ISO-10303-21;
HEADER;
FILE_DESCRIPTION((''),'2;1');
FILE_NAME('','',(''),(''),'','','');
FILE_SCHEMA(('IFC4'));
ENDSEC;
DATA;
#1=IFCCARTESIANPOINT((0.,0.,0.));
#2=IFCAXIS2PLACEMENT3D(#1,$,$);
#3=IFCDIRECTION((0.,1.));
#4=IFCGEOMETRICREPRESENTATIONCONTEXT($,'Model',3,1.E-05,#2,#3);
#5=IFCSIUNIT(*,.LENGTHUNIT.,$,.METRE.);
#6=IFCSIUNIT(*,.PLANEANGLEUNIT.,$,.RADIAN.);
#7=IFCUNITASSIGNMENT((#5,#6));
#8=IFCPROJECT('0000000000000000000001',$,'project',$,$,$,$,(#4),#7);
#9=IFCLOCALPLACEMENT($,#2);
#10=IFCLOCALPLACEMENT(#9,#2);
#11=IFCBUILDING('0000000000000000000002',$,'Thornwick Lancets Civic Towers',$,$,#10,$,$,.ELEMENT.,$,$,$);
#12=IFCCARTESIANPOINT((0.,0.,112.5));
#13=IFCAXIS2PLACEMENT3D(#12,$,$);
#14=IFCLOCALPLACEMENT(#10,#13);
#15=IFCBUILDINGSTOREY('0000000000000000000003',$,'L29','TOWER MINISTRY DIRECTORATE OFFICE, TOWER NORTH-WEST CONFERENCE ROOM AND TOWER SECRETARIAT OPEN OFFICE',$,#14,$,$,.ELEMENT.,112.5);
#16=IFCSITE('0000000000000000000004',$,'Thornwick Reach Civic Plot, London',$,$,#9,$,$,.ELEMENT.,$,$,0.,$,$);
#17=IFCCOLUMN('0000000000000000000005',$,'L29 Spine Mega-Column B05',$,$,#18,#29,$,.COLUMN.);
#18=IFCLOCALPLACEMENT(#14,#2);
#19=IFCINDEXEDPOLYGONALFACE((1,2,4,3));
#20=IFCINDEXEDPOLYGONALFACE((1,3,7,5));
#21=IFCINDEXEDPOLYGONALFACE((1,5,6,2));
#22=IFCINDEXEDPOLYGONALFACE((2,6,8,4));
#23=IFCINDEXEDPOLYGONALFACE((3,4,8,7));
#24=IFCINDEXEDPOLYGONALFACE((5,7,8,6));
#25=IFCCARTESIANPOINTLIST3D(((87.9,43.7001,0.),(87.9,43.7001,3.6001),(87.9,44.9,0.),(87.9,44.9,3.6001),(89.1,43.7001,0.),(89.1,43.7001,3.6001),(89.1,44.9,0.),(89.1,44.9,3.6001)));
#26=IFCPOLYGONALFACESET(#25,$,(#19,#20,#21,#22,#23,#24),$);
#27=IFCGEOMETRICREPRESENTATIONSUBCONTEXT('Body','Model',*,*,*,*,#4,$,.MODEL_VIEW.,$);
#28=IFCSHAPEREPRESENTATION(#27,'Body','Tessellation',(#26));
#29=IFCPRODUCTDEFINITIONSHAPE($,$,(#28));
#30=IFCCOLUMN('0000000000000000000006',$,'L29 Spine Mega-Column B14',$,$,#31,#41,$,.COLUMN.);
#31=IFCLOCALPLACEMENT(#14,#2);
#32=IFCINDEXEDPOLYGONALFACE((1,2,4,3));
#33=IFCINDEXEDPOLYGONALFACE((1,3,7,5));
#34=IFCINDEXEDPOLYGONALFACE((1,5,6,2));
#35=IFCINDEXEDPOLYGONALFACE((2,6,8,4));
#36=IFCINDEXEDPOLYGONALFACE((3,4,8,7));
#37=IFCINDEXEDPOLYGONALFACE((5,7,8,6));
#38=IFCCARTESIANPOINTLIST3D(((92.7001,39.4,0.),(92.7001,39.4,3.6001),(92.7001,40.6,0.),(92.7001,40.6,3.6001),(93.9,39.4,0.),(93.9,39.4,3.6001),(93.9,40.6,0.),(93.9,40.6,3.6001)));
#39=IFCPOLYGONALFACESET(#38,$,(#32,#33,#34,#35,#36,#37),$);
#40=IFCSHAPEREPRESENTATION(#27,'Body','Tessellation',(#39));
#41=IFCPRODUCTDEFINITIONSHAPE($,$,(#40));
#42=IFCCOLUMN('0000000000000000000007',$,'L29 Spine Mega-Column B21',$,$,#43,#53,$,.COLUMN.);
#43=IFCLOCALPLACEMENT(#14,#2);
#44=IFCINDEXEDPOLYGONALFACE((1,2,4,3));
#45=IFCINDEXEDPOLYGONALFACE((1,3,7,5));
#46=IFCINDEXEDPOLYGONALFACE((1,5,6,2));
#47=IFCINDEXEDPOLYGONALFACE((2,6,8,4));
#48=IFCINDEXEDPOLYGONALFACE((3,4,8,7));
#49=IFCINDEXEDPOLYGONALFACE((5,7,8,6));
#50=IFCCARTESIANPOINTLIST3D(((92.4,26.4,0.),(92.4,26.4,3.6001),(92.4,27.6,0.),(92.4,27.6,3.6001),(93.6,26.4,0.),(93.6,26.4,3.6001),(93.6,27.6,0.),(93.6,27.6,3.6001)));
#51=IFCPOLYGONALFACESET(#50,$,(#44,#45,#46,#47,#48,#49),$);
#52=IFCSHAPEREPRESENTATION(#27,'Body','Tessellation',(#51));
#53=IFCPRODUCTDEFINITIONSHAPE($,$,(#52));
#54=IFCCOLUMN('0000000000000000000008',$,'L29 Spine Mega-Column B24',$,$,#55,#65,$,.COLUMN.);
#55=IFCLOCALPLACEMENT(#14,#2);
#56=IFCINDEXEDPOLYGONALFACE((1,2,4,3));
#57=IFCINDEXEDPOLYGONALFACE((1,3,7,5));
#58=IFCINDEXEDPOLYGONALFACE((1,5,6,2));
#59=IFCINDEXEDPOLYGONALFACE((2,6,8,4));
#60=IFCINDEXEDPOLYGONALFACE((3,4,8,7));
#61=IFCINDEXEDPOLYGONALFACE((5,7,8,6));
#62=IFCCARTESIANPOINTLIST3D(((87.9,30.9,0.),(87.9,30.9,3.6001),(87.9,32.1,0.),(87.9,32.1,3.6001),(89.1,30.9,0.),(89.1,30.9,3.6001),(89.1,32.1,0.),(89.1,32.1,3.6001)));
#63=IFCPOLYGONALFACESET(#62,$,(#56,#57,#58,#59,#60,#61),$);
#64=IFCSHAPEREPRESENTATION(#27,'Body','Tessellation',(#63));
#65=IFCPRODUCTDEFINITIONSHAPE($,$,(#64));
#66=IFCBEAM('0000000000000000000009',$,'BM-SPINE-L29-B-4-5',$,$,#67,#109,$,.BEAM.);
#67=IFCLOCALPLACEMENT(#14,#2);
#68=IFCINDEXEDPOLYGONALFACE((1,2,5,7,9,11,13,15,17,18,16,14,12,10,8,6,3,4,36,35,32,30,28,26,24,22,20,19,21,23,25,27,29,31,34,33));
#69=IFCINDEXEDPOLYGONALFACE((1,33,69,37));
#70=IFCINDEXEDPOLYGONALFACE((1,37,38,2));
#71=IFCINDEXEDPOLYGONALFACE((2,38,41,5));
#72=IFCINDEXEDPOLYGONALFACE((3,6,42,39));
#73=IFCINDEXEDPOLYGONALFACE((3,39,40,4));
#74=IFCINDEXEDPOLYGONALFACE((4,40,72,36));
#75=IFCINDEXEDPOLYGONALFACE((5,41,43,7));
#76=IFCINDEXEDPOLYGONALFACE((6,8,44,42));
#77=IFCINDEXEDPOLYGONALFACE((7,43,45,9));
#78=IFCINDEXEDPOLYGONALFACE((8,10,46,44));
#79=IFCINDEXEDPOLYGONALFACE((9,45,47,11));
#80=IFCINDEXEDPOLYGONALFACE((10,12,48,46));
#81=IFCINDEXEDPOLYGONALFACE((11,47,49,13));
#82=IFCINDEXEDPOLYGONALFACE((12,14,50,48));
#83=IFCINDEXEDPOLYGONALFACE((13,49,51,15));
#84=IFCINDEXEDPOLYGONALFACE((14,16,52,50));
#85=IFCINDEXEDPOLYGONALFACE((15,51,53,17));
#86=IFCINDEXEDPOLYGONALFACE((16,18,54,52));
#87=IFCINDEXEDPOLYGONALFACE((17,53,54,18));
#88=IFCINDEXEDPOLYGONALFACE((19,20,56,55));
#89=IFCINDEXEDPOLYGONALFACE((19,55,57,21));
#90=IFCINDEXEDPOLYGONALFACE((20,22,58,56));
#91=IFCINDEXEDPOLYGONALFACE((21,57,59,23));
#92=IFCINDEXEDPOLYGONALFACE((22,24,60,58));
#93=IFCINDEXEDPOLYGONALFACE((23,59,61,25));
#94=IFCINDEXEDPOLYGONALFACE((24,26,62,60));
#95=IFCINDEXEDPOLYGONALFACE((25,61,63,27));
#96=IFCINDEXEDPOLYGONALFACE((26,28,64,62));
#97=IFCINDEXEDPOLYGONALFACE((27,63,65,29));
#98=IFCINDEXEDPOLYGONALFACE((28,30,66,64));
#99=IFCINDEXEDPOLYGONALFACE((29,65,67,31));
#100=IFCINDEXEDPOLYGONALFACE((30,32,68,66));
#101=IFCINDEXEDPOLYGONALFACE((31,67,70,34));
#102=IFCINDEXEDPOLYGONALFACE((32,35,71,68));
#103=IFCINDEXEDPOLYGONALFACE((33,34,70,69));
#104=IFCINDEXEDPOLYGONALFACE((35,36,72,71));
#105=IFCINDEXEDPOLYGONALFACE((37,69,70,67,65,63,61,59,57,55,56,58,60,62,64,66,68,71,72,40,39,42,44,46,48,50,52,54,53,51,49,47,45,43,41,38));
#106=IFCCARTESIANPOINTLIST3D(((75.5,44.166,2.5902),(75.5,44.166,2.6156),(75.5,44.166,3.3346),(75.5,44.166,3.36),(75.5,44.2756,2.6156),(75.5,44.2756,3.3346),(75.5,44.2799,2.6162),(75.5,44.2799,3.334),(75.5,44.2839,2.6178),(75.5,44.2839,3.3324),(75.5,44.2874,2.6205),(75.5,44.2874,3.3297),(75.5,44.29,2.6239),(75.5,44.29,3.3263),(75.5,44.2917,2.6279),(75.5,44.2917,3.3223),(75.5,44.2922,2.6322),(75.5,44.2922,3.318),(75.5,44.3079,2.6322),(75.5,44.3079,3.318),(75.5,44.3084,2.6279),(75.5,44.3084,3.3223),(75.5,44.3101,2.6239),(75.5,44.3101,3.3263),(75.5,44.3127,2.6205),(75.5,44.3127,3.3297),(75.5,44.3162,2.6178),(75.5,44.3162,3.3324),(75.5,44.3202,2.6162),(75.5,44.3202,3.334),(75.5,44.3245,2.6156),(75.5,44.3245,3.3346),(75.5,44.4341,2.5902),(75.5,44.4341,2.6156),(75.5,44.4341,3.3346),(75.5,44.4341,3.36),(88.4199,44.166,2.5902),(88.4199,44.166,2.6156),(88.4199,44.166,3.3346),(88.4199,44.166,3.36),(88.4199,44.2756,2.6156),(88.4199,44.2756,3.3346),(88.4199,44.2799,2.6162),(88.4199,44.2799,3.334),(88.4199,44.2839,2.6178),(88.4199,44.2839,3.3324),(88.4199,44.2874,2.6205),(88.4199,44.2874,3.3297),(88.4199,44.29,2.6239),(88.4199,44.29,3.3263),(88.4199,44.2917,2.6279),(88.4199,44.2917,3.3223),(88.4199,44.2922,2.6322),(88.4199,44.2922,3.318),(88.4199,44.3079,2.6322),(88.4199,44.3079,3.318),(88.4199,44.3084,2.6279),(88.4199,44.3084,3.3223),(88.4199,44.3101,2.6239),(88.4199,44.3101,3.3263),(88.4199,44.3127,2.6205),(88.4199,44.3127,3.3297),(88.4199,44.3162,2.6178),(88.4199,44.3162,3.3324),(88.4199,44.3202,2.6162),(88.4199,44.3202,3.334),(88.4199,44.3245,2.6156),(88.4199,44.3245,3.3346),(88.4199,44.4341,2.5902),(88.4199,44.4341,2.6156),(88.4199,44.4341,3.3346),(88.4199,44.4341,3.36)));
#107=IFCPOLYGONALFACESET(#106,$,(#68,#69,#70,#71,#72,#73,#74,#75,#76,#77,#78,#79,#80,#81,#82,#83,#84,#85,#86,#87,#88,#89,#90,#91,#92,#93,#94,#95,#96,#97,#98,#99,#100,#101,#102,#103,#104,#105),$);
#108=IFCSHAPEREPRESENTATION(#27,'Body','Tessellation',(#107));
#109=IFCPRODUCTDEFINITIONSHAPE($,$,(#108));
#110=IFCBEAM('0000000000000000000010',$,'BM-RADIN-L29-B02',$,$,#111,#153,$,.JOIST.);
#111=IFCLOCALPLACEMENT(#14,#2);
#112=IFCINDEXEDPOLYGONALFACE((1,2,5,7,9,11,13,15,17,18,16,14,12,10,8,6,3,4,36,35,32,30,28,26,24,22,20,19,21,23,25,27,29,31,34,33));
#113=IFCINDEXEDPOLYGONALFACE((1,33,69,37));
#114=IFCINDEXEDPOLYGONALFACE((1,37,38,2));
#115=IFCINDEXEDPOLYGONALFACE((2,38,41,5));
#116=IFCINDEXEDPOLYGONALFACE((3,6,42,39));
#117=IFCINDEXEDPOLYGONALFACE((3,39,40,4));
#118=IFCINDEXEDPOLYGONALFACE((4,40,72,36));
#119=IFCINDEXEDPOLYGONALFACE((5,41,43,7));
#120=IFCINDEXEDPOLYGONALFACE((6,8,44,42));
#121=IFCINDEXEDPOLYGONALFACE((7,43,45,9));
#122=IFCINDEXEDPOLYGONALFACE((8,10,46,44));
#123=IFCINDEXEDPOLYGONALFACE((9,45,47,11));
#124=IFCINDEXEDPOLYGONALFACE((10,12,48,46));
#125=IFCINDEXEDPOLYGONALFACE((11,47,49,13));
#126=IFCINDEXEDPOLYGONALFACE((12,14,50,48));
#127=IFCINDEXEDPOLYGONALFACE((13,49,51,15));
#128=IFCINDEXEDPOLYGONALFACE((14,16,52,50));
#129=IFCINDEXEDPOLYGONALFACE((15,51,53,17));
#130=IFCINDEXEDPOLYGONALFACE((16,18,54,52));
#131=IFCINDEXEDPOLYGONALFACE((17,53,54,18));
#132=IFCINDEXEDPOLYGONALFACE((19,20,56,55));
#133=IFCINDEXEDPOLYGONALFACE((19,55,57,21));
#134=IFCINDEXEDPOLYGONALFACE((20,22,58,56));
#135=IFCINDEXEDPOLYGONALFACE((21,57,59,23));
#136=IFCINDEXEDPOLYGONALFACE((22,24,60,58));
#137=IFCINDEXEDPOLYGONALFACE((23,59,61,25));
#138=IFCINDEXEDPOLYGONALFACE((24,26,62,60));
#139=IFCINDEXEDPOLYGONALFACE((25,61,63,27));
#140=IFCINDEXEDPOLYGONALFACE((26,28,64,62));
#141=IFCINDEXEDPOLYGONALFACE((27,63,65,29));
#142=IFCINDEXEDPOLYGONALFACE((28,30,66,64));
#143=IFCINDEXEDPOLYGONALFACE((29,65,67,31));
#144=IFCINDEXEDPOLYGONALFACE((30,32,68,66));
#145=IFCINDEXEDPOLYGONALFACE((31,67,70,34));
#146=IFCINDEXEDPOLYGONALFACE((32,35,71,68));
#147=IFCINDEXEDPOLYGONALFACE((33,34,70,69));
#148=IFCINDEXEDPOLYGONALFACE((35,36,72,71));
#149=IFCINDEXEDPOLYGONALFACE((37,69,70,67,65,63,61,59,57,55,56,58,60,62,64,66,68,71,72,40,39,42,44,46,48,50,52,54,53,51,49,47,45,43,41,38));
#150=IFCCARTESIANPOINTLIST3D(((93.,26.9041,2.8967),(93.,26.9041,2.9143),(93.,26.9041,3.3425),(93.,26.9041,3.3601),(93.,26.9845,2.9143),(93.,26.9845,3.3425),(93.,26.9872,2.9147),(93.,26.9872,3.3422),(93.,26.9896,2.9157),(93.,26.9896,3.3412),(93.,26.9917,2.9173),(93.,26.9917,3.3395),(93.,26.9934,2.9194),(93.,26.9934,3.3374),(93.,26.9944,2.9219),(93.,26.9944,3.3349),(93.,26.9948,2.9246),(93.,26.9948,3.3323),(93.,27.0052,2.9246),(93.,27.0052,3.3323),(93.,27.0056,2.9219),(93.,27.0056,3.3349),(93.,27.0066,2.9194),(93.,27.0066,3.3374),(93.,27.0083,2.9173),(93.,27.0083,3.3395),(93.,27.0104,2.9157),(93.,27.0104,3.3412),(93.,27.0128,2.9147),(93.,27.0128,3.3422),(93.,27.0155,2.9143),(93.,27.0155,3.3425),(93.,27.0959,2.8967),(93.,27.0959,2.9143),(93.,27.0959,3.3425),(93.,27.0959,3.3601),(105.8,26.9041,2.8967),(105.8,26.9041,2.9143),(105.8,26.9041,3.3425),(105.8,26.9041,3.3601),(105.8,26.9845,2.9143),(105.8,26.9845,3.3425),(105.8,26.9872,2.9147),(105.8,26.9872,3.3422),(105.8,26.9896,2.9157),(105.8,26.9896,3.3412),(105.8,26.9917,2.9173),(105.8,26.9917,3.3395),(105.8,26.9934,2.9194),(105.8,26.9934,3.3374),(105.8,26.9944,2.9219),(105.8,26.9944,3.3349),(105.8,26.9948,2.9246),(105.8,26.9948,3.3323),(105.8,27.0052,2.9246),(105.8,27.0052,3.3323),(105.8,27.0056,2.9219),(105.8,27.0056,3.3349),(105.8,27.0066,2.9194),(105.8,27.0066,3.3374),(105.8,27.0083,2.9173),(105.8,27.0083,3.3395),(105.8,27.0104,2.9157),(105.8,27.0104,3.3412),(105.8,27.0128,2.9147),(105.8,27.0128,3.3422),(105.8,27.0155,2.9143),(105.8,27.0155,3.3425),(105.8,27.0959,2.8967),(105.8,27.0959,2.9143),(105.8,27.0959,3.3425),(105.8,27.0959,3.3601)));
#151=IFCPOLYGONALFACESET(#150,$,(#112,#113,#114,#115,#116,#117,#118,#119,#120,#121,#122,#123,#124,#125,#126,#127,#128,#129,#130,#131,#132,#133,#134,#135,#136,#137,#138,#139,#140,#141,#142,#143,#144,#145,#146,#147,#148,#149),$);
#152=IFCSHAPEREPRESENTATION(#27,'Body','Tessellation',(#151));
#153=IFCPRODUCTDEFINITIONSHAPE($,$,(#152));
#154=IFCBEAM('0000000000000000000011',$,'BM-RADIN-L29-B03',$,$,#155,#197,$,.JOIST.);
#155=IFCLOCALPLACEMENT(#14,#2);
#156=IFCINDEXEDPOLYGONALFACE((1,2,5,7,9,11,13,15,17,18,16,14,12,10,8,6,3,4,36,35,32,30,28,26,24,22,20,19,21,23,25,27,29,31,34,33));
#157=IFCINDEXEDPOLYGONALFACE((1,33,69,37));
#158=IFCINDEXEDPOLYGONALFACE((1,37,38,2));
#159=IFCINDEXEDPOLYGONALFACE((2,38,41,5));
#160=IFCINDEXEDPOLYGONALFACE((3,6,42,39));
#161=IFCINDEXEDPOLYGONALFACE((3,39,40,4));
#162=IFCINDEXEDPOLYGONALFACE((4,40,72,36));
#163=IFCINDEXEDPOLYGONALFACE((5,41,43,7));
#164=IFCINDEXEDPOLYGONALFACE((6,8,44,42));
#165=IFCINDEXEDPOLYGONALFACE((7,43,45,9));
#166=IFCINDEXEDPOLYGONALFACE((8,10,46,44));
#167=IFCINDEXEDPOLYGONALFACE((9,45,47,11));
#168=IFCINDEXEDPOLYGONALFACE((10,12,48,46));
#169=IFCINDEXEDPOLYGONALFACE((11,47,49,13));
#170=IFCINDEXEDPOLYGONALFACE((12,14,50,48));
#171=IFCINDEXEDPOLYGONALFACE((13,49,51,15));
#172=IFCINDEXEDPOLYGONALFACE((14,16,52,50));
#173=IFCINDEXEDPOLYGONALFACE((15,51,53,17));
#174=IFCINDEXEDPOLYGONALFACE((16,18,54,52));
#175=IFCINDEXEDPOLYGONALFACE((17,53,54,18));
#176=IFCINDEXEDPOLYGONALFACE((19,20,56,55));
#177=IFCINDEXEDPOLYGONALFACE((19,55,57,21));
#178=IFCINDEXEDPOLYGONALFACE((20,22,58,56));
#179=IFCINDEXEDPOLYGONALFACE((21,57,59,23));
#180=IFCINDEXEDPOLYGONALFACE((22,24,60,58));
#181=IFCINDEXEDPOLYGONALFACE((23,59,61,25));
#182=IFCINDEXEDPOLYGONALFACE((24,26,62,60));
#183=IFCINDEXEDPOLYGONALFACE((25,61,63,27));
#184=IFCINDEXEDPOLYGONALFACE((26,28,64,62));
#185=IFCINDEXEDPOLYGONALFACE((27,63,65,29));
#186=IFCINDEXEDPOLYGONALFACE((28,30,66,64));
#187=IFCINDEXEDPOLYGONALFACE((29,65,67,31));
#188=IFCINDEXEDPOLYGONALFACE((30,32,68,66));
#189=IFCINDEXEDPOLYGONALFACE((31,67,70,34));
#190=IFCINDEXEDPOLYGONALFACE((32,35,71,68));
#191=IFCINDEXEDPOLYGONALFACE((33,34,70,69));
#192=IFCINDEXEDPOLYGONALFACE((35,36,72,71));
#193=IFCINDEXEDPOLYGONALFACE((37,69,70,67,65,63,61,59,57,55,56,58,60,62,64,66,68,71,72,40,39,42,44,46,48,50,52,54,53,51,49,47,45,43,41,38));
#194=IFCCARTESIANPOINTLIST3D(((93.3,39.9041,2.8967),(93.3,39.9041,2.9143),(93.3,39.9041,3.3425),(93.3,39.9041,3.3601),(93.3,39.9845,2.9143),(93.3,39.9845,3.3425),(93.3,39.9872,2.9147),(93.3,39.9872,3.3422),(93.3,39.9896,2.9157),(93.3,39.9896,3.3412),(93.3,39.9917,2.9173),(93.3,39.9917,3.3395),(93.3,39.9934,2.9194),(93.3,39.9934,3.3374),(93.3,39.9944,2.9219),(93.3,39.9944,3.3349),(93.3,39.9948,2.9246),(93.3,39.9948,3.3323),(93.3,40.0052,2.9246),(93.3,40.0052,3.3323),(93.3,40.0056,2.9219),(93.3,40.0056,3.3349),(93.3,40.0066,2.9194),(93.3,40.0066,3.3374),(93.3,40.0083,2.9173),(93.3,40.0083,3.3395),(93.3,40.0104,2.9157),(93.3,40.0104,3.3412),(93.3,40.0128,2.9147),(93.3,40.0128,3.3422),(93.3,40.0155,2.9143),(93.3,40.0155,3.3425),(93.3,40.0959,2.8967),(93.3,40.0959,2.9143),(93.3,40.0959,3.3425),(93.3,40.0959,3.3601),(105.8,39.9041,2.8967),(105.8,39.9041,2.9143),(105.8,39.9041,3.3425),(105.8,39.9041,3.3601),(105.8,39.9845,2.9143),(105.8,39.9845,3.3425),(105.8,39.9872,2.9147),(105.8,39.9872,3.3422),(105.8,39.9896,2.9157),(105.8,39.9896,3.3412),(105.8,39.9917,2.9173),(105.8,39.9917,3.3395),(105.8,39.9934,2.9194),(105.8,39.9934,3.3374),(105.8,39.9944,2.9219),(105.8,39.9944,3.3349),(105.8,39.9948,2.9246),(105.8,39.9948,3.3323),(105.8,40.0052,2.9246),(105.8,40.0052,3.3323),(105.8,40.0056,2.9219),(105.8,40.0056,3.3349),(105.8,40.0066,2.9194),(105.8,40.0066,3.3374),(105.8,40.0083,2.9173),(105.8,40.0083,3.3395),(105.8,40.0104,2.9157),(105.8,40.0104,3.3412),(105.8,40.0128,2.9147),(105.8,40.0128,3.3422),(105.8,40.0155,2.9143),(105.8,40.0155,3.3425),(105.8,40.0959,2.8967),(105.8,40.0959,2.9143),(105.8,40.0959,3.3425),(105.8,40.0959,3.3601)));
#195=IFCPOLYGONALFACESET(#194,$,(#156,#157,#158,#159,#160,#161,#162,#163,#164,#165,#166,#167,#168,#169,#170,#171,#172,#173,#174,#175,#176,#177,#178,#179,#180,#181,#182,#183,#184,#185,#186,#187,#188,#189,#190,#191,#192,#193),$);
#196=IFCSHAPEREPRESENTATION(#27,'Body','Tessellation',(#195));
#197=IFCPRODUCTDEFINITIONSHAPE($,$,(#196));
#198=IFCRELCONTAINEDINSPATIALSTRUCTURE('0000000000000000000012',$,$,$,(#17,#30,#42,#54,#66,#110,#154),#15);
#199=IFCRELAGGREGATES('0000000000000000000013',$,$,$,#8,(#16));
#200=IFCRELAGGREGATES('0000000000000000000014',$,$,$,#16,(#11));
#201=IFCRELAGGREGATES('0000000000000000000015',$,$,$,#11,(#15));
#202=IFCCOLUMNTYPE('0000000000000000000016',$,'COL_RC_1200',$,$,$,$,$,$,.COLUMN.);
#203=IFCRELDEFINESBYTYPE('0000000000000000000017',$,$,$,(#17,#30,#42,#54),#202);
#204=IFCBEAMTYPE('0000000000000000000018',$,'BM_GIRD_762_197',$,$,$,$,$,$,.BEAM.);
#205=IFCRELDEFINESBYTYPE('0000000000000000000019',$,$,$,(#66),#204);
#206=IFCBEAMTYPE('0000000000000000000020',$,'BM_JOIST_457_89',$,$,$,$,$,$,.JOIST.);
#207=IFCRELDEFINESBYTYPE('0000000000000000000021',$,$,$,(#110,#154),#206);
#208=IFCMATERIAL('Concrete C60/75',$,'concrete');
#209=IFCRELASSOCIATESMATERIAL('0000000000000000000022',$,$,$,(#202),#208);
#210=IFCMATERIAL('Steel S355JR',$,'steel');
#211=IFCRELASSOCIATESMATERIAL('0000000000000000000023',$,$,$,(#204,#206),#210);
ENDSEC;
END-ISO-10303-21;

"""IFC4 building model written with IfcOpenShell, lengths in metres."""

from ifc_helpers import new_model, si_unit, direction, frame, origin, origin_2d, place, context, subcontext, project, spatial, rectangle, i_section, extrude, material, material_profile, profile_set, type_object, element, save


model = new_model("IFC4")

# Units and contexts
model_context = context("Model", 3, precision=1e-05, world=origin(), true_north=direction((0.0, 1.0)))
body_context = subcontext(model_context, "Body", "Model", "MODEL_VIEW")
ifc_project = project(units=[si_unit("LENGTHUNIT", "METRE"), si_unit("PLANEANGLEUNIT", "RADIAN")], contexts=[model_context])

# Site, building, storey
site_placement = place(None, origin())
site = spatial("IfcSite", under=ifc_project, at=site_placement, Name="Thornwick Reach Civic Plot, London", CompositionType="ELEMENT", RefElevation=0.0)
building_placement = place(site_placement, origin())
building = spatial("IfcBuilding", under=site, at=building_placement, Name="Thornwick Lancets Civic Towers", CompositionType="ELEMENT")
storey_placement = place(building_placement, frame((0.0, 0.0, 112.5)))
storey = spatial("IfcBuildingStorey", under=building, at=storey_placement, Name="L29", Description="TOWER MINISTRY DIRECTORATE OFFICE, TOWER NORTH-WEST CONFERENCE ROOM AND TOWER SECRETARIAT OPEN OFFICE", CompositionType="ELEMENT", Elevation=112.5)

# Columns
ifc_material_1 = material(Name="Concrete C60/75", Category="concrete")
ifc_material_profile_1 = material_profile(ifc_material_1, rectangle(XDim=1.2, YDim=1.2, at=origin_2d()), Name="RC 1200x1200")
ifc_profile_set_1 = profile_set([ifc_material_profile_1], Name="Concrete C60/75")
column_type = type_object("IfcColumnType", Name="COL_RC_1200", PredefinedType="COLUMN", material=ifc_profile_set_1)
for number, where, z_axis, x_axis, name in (
    (1, (88.5, 44.3, 0.0), (0.0, 0.0, 1.0), (1.0, 0.0, 0.0), "L29 Spine Mega-Column B05"),
    (2, (93.3, 40.0, 0.0), (0.0, 0.0, 1.0), (1.0, 0.0, 0.0), "L29 Spine Mega-Column B14"),
    (3, (93.0, 27.0, 0.0), (0.0, 0.0, 1.0), (1.0, 0.0, 0.0), "L29 Spine Mega-Column B21"),
    (4, (88.5, 31.5, 0.0), (0.0, 0.0, 1.0), (1.0, 0.0, 0.0), "L29 Spine Mega-Column B24"),
):
    element("IfcColumn", number, at=place(storey_placement, frame(where, z_axis=z_axis, x_axis=x_axis)), inside=storey, type_object=column_type, Name=name, PredefinedType="COLUMN", context=body_context, shape_type="SweptSolid", body=[
        extrude(rectangle(XDim=1.2, YDim=1.2, at=origin_2d()), origin(), (0.0, 0.0, 1.0), 3.6001),
    ])

# Beams
ifc_material_2 = material(Name="Steel S355JR", Category="steel")
ifc_material_profile_2 = material_profile(ifc_material_2, i_section(OverallWidth=0.2681, OverallDepth=0.7698, WebThickness=0.0156, FlangeThickness=0.0254, FilletRadius=0.0166, at=origin_2d()), Name="UKB 762x267x197")
ifc_profile_set_2 = profile_set([ifc_material_profile_2], Name="Steel S355JR")
beam_type_1 = type_object("IfcBeamType", Name="BM_GIRD_762_197", PredefinedType="BEAM", material=ifc_profile_set_2)
beam_1_placement = place(storey_placement, frame((88.4199, 44.3, 2.9751), z_axis=(-1.0, 0.0, 0.0), x_axis=(0.0, -1.0, 0.0)))
element("IfcBeam", 5, at=beam_1_placement, inside=storey, type_object=beam_type_1, Name="BM-SPINE-L29-B-4-5", PredefinedType="BEAM", context=body_context, shape_type="SweptSolid", body=[
    extrude(i_section(OverallWidth=0.2681, OverallDepth=0.7698, WebThickness=0.0156, FlangeThickness=0.0254, FilletRadius=0.0166, at=origin_2d()), origin(), (0.0, 0.0, 1.0), 12.9199),
])
ifc_material_profile_3 = material_profile(ifc_material_2, i_section(OverallWidth=0.1919, OverallDepth=0.4634, WebThickness=0.0105, FlangeThickness=0.0176, FilletRadius=0.0103, at=origin_2d()), Name="UKB 457x191x89")
ifc_profile_set_3 = profile_set([ifc_material_profile_3], Name="Steel S355JR")
beam_type_2 = type_object("IfcBeamType", Name="BM_JOIST_457_89", PredefinedType="JOIST", material=ifc_profile_set_3)
beam_2_placement = place(storey_placement, frame((93.0, 27.0, 3.1284), z_axis=(1.0, 0.0, 0.0), x_axis=(0.0, 1.0, 0.0)))
element("IfcBeam", 6, at=beam_2_placement, inside=storey, type_object=beam_type_2, Name="BM-RADIN-L29-B02", PredefinedType="JOIST", context=body_context, shape_type="SweptSolid", body=[
    extrude(i_section(OverallWidth=0.1919, OverallDepth=0.4634, WebThickness=0.0105, FlangeThickness=0.0176, FilletRadius=0.0103, at=origin_2d()), origin(), (0.0, 0.0, 1.0), 12.8),
])
beam_3_placement = place(storey_placement, frame((93.3, 40.0, 3.1284), z_axis=(1.0, 0.0, 0.0), x_axis=(0.0, 1.0, 0.0)))
element("IfcBeam", 7, at=beam_3_placement, inside=storey, type_object=beam_type_2, Name="BM-RADIN-L29-B03", PredefinedType="JOIST", context=body_context, shape_type="SweptSolid", body=[
    extrude(i_section(OverallWidth=0.1919, OverallDepth=0.4634, WebThickness=0.0105, FlangeThickness=0.0176, FilletRadius=0.0103, at=origin_2d()), origin(), (0.0, 0.0, 1.0), 12.5),
])

save(model, "model.ifc")
